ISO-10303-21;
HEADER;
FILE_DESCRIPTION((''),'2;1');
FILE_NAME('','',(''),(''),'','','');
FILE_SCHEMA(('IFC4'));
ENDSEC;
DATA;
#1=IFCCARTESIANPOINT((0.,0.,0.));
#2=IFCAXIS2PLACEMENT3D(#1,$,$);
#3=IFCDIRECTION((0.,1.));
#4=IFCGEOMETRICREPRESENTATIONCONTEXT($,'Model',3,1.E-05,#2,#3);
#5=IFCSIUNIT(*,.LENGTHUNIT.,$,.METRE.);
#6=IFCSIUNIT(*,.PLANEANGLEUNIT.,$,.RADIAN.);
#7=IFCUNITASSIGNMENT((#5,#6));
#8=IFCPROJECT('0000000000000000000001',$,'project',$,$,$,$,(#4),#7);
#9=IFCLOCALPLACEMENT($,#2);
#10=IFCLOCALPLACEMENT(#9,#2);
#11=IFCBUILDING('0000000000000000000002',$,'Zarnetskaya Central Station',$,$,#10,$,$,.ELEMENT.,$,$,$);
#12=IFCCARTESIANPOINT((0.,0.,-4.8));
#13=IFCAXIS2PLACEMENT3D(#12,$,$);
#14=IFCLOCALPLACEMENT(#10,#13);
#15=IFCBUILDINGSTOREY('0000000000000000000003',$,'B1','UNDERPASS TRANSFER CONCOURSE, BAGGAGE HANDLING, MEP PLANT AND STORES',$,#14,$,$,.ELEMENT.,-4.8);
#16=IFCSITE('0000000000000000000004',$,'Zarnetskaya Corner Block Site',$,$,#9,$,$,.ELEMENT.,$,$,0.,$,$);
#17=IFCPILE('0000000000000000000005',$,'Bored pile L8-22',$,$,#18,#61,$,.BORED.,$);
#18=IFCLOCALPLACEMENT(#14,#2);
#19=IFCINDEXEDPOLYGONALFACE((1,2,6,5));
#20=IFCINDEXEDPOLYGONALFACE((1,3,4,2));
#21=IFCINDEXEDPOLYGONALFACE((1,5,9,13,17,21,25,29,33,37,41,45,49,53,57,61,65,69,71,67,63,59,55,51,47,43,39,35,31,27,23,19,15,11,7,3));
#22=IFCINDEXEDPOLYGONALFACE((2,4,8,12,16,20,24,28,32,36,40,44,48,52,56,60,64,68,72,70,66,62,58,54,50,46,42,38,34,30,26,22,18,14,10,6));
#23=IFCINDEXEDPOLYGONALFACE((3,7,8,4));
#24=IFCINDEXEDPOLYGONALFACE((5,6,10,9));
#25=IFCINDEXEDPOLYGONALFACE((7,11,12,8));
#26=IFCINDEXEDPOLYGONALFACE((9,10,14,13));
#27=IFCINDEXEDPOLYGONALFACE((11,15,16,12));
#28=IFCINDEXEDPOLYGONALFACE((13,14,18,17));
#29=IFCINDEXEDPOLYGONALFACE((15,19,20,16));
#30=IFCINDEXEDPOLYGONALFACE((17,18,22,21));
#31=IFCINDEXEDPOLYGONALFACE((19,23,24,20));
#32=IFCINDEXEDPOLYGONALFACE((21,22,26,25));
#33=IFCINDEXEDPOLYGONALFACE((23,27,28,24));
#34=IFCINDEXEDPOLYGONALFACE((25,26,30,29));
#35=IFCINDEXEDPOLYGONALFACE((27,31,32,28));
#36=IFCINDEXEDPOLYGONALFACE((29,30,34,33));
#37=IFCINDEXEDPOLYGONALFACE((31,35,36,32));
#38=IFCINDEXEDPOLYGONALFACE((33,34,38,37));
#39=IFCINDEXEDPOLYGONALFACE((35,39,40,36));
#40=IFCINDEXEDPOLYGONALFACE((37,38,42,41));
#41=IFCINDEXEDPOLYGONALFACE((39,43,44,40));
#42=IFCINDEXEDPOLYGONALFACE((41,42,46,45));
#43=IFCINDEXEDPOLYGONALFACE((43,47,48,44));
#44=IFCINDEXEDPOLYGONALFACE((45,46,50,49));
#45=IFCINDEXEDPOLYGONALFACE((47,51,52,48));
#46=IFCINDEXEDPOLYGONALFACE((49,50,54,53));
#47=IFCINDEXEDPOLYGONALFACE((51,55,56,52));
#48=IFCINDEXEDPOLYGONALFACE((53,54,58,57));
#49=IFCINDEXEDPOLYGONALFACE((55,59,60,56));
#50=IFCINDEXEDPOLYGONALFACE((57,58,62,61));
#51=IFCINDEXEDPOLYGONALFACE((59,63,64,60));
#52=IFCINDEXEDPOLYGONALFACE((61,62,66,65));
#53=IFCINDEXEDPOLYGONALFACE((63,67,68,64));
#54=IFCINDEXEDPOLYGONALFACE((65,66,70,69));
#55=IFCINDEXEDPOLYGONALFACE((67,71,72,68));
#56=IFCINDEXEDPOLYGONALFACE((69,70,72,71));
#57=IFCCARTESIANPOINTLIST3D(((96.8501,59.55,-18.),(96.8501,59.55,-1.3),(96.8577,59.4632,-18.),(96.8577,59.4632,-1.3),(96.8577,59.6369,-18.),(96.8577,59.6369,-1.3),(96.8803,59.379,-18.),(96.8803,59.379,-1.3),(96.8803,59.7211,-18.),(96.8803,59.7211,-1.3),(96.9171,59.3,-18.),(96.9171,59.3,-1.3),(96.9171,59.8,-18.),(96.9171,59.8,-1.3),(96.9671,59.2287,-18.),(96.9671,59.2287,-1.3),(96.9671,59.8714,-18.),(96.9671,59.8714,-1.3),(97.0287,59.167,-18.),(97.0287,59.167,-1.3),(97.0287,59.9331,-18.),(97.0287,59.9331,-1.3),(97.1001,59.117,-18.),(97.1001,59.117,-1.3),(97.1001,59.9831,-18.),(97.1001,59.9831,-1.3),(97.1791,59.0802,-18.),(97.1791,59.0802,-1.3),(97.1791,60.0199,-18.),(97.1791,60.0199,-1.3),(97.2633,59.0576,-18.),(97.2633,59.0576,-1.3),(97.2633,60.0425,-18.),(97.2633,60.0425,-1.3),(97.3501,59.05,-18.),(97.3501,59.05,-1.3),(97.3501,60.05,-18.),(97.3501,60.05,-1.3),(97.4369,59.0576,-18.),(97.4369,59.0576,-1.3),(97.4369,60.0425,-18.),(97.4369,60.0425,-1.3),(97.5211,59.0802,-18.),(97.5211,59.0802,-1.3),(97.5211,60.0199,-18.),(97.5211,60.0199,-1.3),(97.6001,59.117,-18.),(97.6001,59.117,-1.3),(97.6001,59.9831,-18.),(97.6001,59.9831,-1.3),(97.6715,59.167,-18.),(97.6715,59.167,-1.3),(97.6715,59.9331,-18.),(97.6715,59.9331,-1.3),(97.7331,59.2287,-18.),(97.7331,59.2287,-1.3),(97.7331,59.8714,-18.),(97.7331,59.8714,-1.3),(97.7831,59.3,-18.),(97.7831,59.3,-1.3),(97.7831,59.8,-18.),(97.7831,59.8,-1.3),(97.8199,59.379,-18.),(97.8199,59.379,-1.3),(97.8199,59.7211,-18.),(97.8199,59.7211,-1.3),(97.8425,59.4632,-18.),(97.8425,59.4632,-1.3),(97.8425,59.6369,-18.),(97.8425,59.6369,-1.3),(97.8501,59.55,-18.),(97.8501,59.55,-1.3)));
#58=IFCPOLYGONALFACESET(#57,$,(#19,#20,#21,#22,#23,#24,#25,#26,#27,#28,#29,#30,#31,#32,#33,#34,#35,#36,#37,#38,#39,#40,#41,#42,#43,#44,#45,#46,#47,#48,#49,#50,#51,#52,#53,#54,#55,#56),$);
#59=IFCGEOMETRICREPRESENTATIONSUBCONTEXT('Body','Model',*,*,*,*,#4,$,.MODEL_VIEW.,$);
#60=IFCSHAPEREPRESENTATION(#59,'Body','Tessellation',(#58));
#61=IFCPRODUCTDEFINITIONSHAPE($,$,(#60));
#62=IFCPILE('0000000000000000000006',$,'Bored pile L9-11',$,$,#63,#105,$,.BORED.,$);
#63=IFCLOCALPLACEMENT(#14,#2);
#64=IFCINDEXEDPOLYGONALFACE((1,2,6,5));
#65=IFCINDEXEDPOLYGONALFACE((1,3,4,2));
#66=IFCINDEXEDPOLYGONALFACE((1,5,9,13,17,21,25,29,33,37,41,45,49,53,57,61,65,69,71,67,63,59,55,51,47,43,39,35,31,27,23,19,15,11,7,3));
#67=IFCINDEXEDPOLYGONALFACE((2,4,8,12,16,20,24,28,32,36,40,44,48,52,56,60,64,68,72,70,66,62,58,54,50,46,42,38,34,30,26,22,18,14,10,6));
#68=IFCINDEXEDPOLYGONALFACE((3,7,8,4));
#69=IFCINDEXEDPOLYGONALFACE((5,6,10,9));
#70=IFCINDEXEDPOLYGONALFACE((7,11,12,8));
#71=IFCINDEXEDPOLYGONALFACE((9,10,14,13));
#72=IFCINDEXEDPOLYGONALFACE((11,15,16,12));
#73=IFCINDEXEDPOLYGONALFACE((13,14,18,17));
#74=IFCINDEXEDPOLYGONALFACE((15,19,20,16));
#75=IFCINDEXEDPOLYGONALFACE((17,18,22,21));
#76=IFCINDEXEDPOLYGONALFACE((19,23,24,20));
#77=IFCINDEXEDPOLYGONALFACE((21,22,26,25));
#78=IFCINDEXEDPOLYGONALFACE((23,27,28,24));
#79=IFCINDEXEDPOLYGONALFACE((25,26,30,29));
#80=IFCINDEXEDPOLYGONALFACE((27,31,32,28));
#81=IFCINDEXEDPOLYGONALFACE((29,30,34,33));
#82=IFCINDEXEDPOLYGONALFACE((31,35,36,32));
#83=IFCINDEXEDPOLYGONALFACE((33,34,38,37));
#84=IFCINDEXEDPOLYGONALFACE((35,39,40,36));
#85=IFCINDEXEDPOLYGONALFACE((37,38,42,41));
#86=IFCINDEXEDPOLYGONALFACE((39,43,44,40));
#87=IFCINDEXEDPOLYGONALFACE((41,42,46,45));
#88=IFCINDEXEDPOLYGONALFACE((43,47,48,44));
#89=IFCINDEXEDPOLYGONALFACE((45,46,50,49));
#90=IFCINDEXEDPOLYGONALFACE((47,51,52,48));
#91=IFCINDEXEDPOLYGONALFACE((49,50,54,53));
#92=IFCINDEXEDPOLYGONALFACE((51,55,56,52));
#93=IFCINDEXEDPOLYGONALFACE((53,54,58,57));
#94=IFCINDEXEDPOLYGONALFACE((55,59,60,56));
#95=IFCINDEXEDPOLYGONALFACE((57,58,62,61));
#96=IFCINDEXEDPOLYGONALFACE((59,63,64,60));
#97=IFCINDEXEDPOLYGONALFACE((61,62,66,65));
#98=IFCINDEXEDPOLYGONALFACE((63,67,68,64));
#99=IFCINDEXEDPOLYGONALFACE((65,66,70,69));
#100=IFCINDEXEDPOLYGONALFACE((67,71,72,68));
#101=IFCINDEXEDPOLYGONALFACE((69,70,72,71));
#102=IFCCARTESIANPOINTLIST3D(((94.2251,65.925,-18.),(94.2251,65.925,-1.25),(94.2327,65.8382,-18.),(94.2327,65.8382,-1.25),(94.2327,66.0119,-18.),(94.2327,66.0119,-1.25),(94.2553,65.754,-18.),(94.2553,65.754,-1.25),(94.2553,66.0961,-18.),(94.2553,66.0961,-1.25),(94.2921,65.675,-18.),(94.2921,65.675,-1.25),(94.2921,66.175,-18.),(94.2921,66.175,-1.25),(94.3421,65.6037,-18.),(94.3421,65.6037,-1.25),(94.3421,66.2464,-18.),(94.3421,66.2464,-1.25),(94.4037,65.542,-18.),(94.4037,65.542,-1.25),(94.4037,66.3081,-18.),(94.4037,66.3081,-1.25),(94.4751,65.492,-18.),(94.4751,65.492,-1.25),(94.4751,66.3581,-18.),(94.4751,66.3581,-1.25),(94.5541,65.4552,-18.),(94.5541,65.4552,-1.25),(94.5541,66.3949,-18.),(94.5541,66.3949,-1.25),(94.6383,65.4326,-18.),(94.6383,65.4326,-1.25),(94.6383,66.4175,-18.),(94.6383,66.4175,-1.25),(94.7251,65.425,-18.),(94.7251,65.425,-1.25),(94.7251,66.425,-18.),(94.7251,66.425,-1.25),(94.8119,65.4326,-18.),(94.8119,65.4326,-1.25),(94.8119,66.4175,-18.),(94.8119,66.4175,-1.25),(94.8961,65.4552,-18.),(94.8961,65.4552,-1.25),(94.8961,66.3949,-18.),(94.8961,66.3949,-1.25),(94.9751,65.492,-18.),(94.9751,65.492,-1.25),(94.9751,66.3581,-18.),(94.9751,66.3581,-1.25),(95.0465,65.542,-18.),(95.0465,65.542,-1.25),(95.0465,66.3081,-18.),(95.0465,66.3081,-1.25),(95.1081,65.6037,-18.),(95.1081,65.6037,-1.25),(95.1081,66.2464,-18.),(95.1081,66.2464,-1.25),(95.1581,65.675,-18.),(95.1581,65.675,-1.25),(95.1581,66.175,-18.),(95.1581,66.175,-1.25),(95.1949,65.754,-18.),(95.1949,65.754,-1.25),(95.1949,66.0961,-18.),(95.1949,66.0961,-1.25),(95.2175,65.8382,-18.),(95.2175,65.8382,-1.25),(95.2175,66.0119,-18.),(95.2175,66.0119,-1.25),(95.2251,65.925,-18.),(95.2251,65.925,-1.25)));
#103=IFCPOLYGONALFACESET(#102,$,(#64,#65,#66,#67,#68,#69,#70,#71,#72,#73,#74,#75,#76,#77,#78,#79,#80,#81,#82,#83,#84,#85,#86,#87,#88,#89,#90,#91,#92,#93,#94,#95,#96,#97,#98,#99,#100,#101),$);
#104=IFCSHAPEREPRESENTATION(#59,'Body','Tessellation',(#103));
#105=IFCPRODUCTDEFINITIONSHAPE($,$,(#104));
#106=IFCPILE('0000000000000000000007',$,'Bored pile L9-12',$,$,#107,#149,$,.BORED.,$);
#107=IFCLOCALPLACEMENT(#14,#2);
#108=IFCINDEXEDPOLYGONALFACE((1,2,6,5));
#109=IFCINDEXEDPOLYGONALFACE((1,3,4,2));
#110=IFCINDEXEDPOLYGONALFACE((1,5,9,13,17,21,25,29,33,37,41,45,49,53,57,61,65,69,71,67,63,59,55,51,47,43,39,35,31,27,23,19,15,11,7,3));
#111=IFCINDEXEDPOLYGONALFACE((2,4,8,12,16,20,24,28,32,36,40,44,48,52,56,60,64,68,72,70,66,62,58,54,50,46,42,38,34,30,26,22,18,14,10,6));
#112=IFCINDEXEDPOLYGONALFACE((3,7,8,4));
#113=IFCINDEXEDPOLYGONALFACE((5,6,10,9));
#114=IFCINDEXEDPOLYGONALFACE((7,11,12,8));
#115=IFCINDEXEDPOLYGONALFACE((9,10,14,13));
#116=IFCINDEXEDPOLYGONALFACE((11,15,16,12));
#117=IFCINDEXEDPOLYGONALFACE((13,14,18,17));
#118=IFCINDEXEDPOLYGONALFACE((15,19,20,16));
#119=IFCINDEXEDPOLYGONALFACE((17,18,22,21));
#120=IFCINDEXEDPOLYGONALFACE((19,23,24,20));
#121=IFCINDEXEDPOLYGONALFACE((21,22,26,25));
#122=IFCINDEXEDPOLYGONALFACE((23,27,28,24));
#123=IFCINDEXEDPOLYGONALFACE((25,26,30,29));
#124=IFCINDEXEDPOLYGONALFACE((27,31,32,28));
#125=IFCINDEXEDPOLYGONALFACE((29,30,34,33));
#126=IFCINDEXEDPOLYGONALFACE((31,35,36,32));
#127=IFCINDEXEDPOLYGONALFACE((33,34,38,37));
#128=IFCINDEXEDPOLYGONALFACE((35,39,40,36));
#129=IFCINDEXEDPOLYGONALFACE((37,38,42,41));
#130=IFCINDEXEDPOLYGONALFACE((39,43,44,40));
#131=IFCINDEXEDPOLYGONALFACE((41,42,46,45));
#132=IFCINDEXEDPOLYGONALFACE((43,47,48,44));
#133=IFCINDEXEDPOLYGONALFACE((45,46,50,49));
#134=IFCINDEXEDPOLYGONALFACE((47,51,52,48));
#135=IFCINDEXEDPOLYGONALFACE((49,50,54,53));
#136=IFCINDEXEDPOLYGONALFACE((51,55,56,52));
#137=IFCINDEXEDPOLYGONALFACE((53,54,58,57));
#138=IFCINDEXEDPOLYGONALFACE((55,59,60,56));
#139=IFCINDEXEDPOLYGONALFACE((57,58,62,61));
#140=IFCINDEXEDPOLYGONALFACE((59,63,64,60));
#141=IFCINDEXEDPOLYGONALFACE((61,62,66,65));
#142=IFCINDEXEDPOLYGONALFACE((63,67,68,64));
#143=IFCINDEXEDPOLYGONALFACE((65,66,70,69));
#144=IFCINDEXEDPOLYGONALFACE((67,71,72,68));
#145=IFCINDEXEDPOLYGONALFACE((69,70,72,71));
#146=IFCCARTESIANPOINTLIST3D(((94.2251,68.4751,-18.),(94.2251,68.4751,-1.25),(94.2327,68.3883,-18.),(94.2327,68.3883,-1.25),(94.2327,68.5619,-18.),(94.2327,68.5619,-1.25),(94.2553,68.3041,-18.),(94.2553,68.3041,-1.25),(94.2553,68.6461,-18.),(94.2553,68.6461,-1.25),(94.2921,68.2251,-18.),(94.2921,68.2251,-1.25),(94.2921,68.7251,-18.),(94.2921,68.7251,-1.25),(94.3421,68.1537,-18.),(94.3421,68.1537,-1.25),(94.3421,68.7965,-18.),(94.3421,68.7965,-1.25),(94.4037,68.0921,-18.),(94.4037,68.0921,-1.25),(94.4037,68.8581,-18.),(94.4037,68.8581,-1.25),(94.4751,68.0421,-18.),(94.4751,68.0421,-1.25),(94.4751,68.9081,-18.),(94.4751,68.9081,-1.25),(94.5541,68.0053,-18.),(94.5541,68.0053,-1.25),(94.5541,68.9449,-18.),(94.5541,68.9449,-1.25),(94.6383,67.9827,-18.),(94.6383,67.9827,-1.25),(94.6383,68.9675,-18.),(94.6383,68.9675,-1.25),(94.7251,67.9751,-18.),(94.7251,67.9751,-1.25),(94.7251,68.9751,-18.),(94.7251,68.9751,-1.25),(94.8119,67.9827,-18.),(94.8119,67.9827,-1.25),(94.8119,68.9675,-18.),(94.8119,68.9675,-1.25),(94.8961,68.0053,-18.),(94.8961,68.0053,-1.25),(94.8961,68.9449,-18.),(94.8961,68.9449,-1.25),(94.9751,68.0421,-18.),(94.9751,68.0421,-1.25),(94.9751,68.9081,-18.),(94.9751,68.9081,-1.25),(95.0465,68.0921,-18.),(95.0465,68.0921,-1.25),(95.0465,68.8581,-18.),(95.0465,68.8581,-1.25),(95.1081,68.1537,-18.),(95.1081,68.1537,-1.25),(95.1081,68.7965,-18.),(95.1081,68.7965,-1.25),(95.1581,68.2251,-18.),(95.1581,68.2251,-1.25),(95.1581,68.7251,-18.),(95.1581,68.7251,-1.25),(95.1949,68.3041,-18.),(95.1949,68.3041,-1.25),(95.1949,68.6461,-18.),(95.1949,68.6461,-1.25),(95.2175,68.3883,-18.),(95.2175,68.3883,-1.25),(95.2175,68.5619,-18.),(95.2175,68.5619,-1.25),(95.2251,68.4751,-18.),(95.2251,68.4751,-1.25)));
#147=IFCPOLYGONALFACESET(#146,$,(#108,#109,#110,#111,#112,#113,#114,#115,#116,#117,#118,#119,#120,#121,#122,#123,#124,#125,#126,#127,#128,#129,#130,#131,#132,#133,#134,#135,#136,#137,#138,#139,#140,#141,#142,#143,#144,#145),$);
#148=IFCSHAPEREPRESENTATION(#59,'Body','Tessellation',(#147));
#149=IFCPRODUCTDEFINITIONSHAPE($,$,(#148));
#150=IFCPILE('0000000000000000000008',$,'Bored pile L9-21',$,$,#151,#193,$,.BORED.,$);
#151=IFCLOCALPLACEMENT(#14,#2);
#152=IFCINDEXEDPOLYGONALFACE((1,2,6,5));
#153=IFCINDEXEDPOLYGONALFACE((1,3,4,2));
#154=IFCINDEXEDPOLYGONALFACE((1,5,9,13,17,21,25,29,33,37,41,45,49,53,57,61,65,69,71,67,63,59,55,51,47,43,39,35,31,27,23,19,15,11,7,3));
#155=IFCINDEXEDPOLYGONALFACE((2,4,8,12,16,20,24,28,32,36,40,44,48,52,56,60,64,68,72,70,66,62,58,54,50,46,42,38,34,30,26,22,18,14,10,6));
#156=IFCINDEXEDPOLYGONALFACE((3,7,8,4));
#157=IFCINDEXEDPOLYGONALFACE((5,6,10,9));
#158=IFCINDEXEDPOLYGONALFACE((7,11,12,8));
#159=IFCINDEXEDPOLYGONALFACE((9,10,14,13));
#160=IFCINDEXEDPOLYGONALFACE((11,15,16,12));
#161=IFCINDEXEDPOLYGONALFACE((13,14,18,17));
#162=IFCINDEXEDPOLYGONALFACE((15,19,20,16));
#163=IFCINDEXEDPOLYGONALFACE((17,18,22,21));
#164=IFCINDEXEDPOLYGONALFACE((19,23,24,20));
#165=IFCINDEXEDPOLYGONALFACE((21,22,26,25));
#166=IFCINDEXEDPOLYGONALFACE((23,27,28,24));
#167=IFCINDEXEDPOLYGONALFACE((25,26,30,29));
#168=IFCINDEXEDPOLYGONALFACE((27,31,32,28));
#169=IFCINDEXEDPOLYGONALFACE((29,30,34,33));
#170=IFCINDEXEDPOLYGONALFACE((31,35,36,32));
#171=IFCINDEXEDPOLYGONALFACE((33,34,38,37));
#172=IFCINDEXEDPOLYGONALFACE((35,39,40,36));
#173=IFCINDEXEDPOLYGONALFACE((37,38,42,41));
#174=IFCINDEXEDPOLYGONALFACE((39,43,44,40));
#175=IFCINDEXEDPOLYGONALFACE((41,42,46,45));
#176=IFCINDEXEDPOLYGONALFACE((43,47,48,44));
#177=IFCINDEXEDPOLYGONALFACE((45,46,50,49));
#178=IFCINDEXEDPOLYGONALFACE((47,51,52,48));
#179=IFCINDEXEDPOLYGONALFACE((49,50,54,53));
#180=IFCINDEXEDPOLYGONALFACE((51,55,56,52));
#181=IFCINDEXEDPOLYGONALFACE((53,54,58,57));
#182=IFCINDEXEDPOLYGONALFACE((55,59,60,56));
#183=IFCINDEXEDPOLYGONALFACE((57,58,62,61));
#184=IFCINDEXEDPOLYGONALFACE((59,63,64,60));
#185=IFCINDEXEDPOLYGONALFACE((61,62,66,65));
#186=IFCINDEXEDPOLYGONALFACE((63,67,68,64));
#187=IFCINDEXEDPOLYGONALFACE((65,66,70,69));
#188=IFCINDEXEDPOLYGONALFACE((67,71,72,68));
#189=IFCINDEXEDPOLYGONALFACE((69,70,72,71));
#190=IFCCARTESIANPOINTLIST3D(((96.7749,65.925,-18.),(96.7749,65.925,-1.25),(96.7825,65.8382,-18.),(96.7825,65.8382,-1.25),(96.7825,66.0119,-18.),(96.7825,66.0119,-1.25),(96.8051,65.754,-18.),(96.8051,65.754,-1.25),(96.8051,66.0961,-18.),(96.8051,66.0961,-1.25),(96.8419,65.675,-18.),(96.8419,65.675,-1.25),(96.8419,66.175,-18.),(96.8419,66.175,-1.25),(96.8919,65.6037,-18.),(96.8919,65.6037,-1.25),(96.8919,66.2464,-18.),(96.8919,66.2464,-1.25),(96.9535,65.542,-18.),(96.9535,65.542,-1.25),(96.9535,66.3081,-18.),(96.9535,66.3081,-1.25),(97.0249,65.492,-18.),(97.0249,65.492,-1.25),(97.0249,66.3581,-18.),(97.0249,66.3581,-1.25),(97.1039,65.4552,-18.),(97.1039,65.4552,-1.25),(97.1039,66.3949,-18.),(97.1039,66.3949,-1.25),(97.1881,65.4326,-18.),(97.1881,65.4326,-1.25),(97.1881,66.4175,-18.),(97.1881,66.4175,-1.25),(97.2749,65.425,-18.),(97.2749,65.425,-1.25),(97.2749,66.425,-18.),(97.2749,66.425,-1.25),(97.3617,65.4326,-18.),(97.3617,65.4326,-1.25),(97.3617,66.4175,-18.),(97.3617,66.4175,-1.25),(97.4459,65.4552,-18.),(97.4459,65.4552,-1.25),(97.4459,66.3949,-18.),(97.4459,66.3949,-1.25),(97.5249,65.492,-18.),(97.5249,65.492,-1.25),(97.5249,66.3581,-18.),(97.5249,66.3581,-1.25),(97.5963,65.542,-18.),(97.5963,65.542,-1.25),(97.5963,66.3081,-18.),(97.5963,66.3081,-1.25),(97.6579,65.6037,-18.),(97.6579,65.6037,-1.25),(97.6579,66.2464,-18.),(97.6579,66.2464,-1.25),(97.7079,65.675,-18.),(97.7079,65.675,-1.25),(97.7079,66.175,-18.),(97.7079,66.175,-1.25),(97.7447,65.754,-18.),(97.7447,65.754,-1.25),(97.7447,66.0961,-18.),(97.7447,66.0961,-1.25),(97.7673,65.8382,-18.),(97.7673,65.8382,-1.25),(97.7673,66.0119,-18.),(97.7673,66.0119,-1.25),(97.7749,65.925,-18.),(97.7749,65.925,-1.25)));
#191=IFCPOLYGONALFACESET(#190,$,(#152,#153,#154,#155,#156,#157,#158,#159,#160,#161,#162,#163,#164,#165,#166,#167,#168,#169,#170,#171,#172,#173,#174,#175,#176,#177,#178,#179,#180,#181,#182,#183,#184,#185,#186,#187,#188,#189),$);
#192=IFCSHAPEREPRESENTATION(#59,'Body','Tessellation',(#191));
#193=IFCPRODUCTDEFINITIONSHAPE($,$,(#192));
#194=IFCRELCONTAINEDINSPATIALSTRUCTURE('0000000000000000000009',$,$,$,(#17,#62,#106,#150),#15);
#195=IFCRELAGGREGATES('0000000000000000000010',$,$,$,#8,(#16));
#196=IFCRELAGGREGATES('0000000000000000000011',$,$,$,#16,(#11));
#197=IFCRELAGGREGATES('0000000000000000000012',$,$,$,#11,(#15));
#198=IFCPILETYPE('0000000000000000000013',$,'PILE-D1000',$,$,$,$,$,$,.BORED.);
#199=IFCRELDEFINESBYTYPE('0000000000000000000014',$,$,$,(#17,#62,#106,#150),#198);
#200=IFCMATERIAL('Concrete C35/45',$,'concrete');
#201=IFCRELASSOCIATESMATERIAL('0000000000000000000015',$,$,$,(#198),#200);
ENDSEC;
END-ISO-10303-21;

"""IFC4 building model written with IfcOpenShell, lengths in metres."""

from ifc_helpers import new_model, si_unit, direction, frame, origin, origin_2d, place, context, subcontext, project, spatial, circle, extrude, material, material_profile, profile_set, type_object, element, save


model = new_model("IFC4")

# Units and contexts
model_context = context("Model", 3, precision=1e-05, world=origin(), true_north=direction((0.0, 1.0)))
body_context = subcontext(model_context, "Body", "Model", "MODEL_VIEW")
ifc_project = project(units=[si_unit("LENGTHUNIT", "METRE"), si_unit("PLANEANGLEUNIT", "RADIAN")], contexts=[model_context])

# Site, building, storey
site_placement = place(None, origin())
site = spatial("IfcSite", under=ifc_project, at=site_placement, Name="Zarnetskaya Corner Block Site", CompositionType="ELEMENT", RefElevation=0.0)
building_placement = place(site_placement, origin())
building = spatial("IfcBuilding", under=site, at=building_placement, Name="Zarnetskaya Central Station", CompositionType="ELEMENT")
storey_placement = place(building_placement, frame((0.0, 0.0, -4.8)))
storey = spatial("IfcBuildingStorey", under=building, at=storey_placement, Name="B1", Description="UNDERPASS TRANSFER CONCOURSE, BAGGAGE HANDLING, MEP PLANT AND STORES", CompositionType="ELEMENT", Elevation=-4.8)

# Shared definitions
ifc_material_1 = material(Name="Concrete C35/45", Category="concrete")

# Piles
ifc_material_profile_1 = material_profile(ifc_material_1, circle(Radius=0.5, at=origin_2d()), Name="BORED PILE D1000")
ifc_profile_set_1 = profile_set([ifc_material_profile_1], Name="Concrete C35/45")
pile_type = type_object("IfcPileType", Name="PILE-D1000", PredefinedType="BORED", material=ifc_profile_set_1)
for number, where, z_axis, x_axis, name in (
    (1, (97.3501, 59.55, -1.3), (0.0, 0.0, -1.0), (1.0, 0.0, 0.0), "Bored pile L8-22"),
):
    element("IfcPile", number, at=place(storey_placement, frame(where, z_axis=z_axis, x_axis=x_axis)), inside=storey, type_object=pile_type, Name=name, PredefinedType="BORED", context=body_context, shape_type="SweptSolid", body=[
        extrude(circle(Radius=0.5, at=origin_2d()), origin(), (0.0, 0.0, 1.0), 16.7),
    ])
for number, where, z_axis, x_axis, name in (
    (2, (94.7251, 65.925, -1.25), (0.0, 0.0, -1.0), (1.0, 0.0, 0.0), "Bored pile L9-11"),
    (3, (94.7251, 68.4751, -1.25), (0.0, 0.0, -1.0), (1.0, 0.0, 0.0), "Bored pile L9-12"),
    (4, (97.2749, 65.925, -1.25), (0.0, 0.0, -1.0), (1.0, 0.0, 0.0), "Bored pile L9-21"),
):
    element("IfcPile", number, at=place(storey_placement, frame(where, z_axis=z_axis, x_axis=x_axis)), inside=storey, type_object=pile_type, Name=name, PredefinedType="BORED", context=body_context, shape_type="SweptSolid", body=[
        extrude(circle(Radius=0.5, at=origin_2d()), origin(), (0.0, 0.0, 1.0), 16.75),
    ])

save(model, "model.ifc")
